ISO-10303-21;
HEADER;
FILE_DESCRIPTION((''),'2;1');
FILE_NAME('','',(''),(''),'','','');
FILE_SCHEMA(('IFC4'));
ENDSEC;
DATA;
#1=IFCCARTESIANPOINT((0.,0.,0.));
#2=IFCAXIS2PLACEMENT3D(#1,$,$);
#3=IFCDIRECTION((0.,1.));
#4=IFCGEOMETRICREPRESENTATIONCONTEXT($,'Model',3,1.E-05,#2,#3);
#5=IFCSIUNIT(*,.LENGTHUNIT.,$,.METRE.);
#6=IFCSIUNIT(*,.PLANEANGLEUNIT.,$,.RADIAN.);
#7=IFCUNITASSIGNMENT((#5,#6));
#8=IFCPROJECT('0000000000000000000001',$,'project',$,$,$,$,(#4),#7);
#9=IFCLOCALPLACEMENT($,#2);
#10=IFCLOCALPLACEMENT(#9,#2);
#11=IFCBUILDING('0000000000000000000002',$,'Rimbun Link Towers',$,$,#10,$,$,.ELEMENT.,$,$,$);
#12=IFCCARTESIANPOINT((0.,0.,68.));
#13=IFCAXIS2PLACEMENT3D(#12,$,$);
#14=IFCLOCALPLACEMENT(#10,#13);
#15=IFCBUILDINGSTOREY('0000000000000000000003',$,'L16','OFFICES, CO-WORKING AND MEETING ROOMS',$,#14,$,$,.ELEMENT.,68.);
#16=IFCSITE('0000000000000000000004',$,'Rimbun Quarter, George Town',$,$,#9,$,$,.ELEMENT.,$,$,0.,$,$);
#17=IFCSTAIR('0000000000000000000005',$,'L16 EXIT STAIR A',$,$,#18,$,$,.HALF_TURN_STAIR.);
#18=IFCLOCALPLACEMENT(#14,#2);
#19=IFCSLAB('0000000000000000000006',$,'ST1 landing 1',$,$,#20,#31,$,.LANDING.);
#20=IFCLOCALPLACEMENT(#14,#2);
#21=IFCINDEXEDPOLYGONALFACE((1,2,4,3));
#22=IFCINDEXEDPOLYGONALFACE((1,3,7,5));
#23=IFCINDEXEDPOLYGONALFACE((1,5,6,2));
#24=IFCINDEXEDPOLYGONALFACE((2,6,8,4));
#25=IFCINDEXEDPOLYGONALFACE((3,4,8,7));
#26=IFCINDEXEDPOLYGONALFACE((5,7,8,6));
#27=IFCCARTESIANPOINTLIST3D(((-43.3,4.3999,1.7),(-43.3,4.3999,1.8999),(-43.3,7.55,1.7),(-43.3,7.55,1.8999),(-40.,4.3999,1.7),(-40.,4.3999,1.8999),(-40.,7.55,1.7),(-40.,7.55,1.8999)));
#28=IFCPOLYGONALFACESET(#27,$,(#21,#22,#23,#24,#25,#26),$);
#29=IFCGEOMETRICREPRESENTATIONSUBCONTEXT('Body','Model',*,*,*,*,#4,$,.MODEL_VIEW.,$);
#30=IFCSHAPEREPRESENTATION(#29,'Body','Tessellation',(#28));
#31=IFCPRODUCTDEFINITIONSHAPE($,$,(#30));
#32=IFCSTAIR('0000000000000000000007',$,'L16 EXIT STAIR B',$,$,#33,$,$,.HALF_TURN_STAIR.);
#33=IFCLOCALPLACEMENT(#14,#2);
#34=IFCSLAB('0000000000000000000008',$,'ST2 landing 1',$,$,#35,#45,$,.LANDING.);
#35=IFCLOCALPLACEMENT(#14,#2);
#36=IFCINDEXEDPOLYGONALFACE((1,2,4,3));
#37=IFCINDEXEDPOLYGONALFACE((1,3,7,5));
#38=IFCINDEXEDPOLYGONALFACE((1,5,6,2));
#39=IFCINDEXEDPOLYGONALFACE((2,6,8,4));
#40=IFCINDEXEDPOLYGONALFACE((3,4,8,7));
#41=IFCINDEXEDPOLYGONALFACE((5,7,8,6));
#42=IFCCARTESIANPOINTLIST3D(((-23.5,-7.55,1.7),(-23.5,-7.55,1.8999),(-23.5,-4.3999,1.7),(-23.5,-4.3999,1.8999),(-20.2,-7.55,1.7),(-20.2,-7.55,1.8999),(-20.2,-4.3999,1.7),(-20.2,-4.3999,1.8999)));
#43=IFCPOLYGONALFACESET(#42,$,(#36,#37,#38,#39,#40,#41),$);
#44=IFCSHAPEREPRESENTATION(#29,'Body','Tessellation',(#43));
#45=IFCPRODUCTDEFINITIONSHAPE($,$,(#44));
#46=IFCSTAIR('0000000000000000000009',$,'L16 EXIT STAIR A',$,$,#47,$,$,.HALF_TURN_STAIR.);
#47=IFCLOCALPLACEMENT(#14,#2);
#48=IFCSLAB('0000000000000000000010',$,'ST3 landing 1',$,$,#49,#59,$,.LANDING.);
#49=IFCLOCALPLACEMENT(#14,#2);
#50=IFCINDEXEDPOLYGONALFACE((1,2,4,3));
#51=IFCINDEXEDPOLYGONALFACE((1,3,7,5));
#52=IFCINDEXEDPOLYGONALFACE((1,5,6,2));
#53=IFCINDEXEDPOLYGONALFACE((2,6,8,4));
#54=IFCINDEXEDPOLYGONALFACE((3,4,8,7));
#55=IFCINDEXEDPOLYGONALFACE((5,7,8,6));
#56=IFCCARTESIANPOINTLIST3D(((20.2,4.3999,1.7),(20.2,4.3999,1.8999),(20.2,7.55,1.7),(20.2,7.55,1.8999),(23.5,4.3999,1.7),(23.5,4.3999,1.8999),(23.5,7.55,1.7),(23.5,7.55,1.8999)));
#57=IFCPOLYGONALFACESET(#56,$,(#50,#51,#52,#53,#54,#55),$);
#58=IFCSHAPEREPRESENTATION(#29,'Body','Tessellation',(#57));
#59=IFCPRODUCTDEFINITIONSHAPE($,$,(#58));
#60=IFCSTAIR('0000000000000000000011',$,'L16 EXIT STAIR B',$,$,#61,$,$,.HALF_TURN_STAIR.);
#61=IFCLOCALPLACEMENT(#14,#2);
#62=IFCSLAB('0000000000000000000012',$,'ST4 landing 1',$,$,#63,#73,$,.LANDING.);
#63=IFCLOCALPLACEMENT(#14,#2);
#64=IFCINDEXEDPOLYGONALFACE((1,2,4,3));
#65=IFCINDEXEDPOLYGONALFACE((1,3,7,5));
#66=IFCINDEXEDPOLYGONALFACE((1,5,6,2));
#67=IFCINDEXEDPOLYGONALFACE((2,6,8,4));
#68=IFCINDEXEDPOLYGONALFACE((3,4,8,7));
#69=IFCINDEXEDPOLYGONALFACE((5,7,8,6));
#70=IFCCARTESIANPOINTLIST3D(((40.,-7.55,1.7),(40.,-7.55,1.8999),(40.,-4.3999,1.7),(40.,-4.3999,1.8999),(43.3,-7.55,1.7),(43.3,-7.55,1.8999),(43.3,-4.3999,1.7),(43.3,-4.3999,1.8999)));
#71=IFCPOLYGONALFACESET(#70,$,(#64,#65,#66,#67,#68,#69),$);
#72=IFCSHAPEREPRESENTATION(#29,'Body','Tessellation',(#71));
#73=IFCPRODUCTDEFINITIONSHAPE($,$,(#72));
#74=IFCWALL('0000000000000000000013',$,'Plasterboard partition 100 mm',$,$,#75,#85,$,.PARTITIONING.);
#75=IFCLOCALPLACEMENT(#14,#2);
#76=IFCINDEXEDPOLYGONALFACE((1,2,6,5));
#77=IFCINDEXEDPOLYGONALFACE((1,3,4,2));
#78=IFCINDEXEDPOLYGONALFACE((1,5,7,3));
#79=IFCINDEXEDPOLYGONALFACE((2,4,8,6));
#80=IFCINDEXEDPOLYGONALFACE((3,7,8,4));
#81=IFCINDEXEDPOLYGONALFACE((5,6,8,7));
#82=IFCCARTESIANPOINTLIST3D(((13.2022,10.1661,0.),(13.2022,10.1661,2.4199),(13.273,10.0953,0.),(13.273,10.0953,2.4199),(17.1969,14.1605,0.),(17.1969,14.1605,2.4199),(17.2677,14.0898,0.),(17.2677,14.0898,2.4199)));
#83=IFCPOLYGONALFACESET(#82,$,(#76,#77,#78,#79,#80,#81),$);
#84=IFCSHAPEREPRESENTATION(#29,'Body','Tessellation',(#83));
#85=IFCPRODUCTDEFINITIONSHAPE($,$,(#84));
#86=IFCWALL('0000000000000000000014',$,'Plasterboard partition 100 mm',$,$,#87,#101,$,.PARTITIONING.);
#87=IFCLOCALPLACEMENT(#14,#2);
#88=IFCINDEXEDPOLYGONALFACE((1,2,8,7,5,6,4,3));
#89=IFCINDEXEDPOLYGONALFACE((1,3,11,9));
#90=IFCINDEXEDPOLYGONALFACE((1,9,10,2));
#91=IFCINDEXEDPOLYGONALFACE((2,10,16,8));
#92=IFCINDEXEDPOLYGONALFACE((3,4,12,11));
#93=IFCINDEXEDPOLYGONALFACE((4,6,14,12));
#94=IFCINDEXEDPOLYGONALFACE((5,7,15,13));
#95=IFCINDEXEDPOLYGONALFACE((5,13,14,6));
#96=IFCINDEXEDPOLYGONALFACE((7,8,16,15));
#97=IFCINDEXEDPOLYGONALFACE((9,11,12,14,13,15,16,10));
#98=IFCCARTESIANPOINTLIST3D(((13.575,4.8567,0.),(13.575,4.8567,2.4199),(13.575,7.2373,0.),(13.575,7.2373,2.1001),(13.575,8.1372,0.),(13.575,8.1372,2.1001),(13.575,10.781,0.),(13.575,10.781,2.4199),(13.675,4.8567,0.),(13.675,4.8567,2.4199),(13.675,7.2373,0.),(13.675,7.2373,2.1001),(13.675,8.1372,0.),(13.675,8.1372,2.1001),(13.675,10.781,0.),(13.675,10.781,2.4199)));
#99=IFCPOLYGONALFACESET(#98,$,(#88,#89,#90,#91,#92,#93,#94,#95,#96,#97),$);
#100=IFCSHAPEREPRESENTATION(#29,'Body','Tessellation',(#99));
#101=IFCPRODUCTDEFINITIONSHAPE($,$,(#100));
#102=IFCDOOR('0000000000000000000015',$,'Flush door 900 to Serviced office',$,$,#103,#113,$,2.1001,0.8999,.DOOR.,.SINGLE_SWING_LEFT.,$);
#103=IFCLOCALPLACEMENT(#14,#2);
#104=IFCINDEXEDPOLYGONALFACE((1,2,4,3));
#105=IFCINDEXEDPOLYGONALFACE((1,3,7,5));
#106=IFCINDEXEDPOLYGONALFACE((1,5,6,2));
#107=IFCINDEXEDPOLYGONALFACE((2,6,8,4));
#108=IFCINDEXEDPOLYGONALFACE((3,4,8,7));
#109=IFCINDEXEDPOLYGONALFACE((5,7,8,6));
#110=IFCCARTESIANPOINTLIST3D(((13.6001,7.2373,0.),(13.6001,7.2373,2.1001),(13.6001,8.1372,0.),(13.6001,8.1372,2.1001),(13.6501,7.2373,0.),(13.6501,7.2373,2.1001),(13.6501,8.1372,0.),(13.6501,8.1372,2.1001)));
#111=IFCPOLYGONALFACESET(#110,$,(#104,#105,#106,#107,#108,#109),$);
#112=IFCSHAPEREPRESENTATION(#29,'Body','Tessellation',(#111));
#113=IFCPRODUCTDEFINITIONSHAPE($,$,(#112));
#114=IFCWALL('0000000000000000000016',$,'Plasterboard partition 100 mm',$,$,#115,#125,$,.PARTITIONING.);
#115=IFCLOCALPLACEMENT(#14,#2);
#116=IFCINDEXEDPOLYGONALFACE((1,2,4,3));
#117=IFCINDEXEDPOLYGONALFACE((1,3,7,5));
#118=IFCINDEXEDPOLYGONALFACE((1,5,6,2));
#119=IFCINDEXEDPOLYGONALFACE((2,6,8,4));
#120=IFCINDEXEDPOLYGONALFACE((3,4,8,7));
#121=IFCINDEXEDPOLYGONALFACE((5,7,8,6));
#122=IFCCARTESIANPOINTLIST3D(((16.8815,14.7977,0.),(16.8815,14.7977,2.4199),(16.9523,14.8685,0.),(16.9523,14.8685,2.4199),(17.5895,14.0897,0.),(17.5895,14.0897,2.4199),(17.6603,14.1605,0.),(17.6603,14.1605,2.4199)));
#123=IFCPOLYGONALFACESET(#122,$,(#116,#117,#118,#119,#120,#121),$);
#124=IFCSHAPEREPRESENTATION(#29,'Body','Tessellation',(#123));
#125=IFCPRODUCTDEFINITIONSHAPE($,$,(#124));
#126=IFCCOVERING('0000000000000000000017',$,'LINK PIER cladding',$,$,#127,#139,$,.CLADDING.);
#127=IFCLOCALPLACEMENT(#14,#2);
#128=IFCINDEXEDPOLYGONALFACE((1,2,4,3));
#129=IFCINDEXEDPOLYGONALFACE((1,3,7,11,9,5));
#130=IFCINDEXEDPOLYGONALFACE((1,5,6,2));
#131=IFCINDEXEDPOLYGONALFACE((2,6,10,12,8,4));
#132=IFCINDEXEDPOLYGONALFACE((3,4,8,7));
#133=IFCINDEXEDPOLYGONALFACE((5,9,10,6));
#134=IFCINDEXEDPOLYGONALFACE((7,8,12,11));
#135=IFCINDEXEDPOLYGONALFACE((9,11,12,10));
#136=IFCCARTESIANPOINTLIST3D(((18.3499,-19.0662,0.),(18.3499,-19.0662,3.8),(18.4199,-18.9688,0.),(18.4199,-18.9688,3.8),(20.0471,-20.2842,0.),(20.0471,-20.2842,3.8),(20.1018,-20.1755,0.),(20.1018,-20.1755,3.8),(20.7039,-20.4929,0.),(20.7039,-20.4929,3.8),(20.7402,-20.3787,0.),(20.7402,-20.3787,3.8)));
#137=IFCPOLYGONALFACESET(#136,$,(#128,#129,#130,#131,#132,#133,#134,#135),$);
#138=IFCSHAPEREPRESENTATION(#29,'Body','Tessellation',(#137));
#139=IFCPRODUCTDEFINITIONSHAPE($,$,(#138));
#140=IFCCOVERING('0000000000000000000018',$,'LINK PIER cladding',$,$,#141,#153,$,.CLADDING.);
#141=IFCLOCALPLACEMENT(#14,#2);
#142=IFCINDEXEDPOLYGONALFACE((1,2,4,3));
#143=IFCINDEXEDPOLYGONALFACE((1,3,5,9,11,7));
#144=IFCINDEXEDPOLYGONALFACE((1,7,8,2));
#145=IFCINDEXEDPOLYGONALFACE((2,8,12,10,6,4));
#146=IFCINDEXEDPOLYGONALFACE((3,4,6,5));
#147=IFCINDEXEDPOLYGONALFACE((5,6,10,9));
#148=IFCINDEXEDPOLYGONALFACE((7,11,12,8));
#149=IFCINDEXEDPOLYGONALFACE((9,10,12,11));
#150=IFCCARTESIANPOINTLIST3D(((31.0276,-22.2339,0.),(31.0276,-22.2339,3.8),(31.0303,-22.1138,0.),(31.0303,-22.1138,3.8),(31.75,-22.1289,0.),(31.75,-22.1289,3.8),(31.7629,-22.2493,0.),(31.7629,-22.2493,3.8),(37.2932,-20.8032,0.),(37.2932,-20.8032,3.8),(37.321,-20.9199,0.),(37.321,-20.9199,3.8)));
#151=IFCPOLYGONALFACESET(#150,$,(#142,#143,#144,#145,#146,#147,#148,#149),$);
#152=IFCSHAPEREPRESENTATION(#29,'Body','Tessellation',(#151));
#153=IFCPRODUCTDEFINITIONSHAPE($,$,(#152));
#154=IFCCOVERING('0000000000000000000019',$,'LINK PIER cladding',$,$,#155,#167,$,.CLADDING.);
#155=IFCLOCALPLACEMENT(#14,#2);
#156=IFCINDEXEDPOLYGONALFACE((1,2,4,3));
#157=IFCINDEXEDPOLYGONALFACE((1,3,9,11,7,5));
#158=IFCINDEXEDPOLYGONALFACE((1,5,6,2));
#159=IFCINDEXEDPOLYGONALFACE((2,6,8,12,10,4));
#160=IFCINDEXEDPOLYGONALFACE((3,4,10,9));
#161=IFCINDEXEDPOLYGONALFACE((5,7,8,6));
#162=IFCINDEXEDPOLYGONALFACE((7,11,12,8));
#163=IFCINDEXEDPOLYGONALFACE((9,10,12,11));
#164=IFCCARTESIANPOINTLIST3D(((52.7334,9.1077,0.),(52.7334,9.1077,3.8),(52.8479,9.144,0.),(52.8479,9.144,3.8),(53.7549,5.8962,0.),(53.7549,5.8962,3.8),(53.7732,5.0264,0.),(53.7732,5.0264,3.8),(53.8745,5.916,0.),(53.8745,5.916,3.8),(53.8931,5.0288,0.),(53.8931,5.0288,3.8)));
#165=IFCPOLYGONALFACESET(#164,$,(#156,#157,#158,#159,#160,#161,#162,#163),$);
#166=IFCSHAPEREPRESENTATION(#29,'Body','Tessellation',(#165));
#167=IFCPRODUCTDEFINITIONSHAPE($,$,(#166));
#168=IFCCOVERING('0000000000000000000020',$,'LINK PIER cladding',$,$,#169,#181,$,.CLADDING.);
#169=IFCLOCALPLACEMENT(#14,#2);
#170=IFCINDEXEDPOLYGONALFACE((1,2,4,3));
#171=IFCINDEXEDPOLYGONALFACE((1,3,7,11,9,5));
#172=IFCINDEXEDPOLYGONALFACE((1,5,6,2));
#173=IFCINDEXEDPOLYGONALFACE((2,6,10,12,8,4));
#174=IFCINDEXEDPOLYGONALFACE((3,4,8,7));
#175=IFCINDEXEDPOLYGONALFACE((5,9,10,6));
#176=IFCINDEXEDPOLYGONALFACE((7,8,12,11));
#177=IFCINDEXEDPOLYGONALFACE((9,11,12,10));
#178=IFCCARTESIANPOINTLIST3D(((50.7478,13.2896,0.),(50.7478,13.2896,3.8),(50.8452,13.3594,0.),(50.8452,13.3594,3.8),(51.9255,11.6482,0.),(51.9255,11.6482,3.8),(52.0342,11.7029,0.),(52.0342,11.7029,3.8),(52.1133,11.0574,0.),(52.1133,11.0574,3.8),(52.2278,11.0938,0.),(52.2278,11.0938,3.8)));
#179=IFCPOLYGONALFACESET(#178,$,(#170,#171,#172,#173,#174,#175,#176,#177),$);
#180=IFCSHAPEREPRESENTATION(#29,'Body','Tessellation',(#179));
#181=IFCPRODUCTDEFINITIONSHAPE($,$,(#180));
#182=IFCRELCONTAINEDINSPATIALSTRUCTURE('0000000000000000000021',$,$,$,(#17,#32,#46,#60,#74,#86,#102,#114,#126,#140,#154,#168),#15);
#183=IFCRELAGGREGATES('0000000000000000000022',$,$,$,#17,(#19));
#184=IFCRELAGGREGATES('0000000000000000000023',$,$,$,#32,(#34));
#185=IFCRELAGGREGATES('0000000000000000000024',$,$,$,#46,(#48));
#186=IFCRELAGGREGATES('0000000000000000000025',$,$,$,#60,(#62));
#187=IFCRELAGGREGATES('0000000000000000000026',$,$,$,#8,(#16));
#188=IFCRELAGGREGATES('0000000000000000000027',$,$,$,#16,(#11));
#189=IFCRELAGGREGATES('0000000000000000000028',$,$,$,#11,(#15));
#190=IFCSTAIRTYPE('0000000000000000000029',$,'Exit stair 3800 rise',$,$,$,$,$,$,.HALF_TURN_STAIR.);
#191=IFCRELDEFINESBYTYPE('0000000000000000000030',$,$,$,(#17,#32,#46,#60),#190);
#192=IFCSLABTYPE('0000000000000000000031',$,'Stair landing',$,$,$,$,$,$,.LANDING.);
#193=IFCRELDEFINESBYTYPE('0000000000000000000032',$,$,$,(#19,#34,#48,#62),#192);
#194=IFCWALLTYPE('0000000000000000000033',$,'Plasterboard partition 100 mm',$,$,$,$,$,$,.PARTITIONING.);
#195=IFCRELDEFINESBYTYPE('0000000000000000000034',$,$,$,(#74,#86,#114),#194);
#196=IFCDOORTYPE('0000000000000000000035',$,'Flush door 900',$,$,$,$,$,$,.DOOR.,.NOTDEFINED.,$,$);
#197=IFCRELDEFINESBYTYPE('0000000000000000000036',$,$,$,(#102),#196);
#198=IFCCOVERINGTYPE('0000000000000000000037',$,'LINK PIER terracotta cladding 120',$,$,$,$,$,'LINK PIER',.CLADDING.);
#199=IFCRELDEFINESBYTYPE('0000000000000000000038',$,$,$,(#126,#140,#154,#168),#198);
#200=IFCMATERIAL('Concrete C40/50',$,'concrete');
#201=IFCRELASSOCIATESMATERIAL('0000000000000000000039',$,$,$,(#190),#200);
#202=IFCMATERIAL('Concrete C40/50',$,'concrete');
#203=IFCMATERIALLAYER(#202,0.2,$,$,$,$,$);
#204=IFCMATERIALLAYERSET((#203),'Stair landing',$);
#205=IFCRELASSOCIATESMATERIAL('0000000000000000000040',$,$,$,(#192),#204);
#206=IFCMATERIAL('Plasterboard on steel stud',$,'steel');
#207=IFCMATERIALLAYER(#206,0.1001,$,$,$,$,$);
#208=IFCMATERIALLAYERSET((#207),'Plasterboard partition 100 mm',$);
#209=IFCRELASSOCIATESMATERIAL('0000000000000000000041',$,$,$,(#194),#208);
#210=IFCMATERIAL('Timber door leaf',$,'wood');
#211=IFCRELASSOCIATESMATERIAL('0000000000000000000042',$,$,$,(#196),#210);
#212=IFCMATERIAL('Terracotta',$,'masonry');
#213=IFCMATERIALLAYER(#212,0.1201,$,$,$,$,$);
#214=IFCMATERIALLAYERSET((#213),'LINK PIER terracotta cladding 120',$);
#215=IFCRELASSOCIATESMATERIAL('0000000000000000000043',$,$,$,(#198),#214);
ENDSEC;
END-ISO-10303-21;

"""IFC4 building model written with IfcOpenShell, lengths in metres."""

from ifc_helpers import new_model, si_unit, direction, frame, frame_2d, origin, place, context, subcontext, project, spatial, polyline, rectangle, outline, extrude, material, layer, layer_set, type_object, element, fill, aggregate, save


model = new_model("IFC4")

# Units and contexts
model_context = context("Model", 3, precision=1e-05, world=origin(), true_north=direction((0.0, 1.0)))
body_context = subcontext(model_context, "Body", "Model", "MODEL_VIEW")
ifc_project = project(units=[si_unit("LENGTHUNIT", "METRE"), si_unit("PLANEANGLEUNIT", "RADIAN")], contexts=[model_context])

# Site, building, storey
site_placement = place(None, origin())
site = spatial("IfcSite", under=ifc_project, at=site_placement, Name="Rimbun Quarter, George Town", CompositionType="ELEMENT", RefElevation=0.0)
building_placement = place(site_placement, origin())
building = spatial("IfcBuilding", under=site, at=building_placement, Name="Rimbun Link Towers", CompositionType="ELEMENT")
storey_placement = place(building_placement, frame((0.0, 0.0, 68.0)))
storey = spatial("IfcBuildingStorey", under=building, at=storey_placement, Name="L16", Description="OFFICES, CO-WORKING AND MEETING ROOMS", CompositionType="ELEMENT", Elevation=68.0)

# Stairs, slabs
ifc_material_1 = material(Name="Concrete C40/50", Category="concrete")
stair_type = type_object("IfcStairType", Name="Exit stair 3800 rise", PredefinedType="HALF_TURN_STAIR", material=ifc_material_1)
stair_1_placement = place(storey_placement, origin())
stair_1 = element("IfcStair", 1, at=stair_1_placement, inside=storey, type_object=stair_type, Name="L16 EXIT STAIR A", PredefinedType="HALF_TURN_STAIR")
ifc_material_2 = material(Name="Concrete C40/50", Category="concrete")
ifc_layer_1 = layer(ifc_material_2, 0.2)
ifc_layer_set_1 = layer_set([ifc_layer_1], Name="Stair landing")
slab_type = type_object("IfcSlabType", Name="Stair landing", PredefinedType="LANDING", material=ifc_layer_set_1)
slab_1_placement = place(storey_placement, frame((0.0, 0.0, 1.7)))
slab_1 = element("IfcSlab", 2, at=slab_1_placement, type_object=slab_type, Name="ST1 landing 1", PredefinedType="LANDING", context=body_context, shape_type="SweptSolid", body=[
    extrude(outline(polyline([(-40.0, 7.55), (-43.3, 7.55), (-43.3, 4.3999), (-40.0, 4.3999), (-40.0, 7.55)])), origin(), (0.0, 0.0, 1.0), 0.2),
])
aggregate(stair_1, [slab_1])
stair_2_placement = place(storey_placement, origin())
stair_2 = element("IfcStair", 3, at=stair_2_placement, inside=storey, type_object=stair_type, Name="L16 EXIT STAIR B", PredefinedType="HALF_TURN_STAIR")
slab_2_placement = place(storey_placement, frame((0.0, 0.0, 1.7)))
slab_2 = element("IfcSlab", 4, at=slab_2_placement, type_object=slab_type, Name="ST2 landing 1", PredefinedType="LANDING", context=body_context, shape_type="SweptSolid", body=[
    extrude(outline(polyline([(-23.5, -7.55), (-20.2, -7.55), (-20.2, -4.3999), (-23.5, -4.3999), (-23.5, -7.55)])), origin(), (0.0, 0.0, 1.0), 0.2),
])
aggregate(stair_2, [slab_2])
stair_3_placement = place(storey_placement, origin())
stair_3 = element("IfcStair", 5, at=stair_3_placement, inside=storey, type_object=stair_type, Name="L16 EXIT STAIR A", PredefinedType="HALF_TURN_STAIR")
slab_3_placement = place(storey_placement, frame((0.0, 0.0, 1.7)))
slab_3 = element("IfcSlab", 6, at=slab_3_placement, type_object=slab_type, Name="ST3 landing 1", PredefinedType="LANDING", context=body_context, shape_type="SweptSolid", body=[
    extrude(outline(polyline([(23.5, 7.55), (20.2, 7.55), (20.2, 4.3999), (23.5, 4.3999), (23.5, 7.55)])), origin(), (0.0, 0.0, 1.0), 0.2),
])
aggregate(stair_3, [slab_3])
stair_4_placement = place(storey_placement, origin())
stair_4 = element("IfcStair", 7, at=stair_4_placement, inside=storey, type_object=stair_type, Name="L16 EXIT STAIR B", PredefinedType="HALF_TURN_STAIR")
slab_4_placement = place(storey_placement, frame((0.0, 0.0, 1.7)))
slab_4 = element("IfcSlab", 8, at=slab_4_placement, type_object=slab_type, Name="ST4 landing 1", PredefinedType="LANDING", context=body_context, shape_type="SweptSolid", body=[
    extrude(outline(polyline([(40.0, -7.55), (43.3, -7.55), (43.3, -4.3999), (40.0, -4.3999), (40.0, -7.55)])), origin(), (0.0, 0.0, 1.0), 0.2),
])
aggregate(stair_4, [slab_4])

# Wall
ifc_material_3 = material(Name="Plasterboard on steel stud", Category="steel")
ifc_layer_2 = layer(ifc_material_3, 0.1001)
ifc_layer_set_2 = layer_set([ifc_layer_2], Name="Plasterboard partition 100 mm")
wall_type = type_object("IfcWallType", Name="Plasterboard partition 100 mm", PredefinedType="PARTITIONING", material=ifc_layer_set_2)
wall_1_placement = place(storey_placement, frame((13.2375, 10.1306, 0.0), z_axis=(0.0, 0.0, 1.0), x_axis=(0.707128, 0.707085, 0.0)))
element("IfcWall", 9, at=wall_1_placement, inside=storey, type_object=wall_type, Name="Plasterboard partition 100 mm", PredefinedType="PARTITIONING", context=body_context, shape_type="SweptSolid", body=[
    extrude(rectangle(XDim=5.6492, YDim=0.1001, at=frame_2d((2.8247, 0.0))), origin(), (0.0, 0.0, 1.0), 2.4199),
])

# Wall, opening, door
wall_2_placement = place(storey_placement, frame((13.625, 4.8567, 0.0), z_axis=(0.0, 0.0, 1.0), x_axis=(0.0, 1.0, 0.0)))
wall_2 = element("IfcWall", 10, at=wall_2_placement, inside=storey, type_object=wall_type, Name="Plasterboard partition 100 mm", PredefinedType="PARTITIONING", context=body_context, shape_type="SweptSolid", body=[
    extrude(rectangle(XDim=5.9243, YDim=0.1001, at=frame_2d((2.9622, 0.0))), origin(), (0.0, 0.0, 1.0), 2.4199),
])
opening_placement = place(wall_2_placement, frame((2.3806, 0.0, 0.0)))
opening = element("IfcOpeningElement", 11, at=opening_placement, cuts=wall_2, PredefinedType="OPENING", context=body_context, shape_type="SweptSolid", body=[
    extrude(rectangle(XDim=0.8999, YDim=2.1001, at=frame_2d((0.45, 1.05))), frame((0.0, 0.0601, 0.0), z_axis=(0.0, -1.0, 0.0), x_axis=(1.0, 0.0, 0.0)), (0.0, 0.0, 1.0), 0.1201),
])
ifc_material_4 = material(Name="Timber door leaf", Category="wood")
door_type = type_object("IfcDoorType", Name="Flush door 900", OperationType="NOTDEFINED", PredefinedType="DOOR", material=ifc_material_4)
door_placement = place(opening_placement, origin())
door = element("IfcDoor", 12, at=door_placement, inside=storey, type_object=door_type, Name="Flush door 900 to Serviced office", OperationType="SINGLE_SWING_LEFT", OverallHeight=2.1001, OverallWidth=0.8999, PredefinedType="DOOR", context=body_context, shape_type="SweptSolid", body=[
    extrude(rectangle(XDim=0.8999, YDim=2.1001, at=frame_2d((0.45, 1.05))), frame((0.0, 0.0249, 0.0), z_axis=(0.0, -1.0, 0.0), x_axis=(1.0, 0.0, 0.0)), (0.0, 0.0, 1.0), 0.05),
])
fill(opening, door)

# Wall
wall_3_placement = place(storey_placement, frame((16.917, 14.833, 0.0), z_axis=(0.0, 0.0, 1.0), x_axis=(0.707107, -0.707107, 0.0)))
element("IfcWall", 13, at=wall_3_placement, inside=storey, type_object=wall_type, Name="Plasterboard partition 100 mm", PredefinedType="PARTITIONING", context=body_context, shape_type="SweptSolid", body=[
    extrude(rectangle(XDim=1.0012, YDim=0.1001, at=frame_2d((0.5005, 0.0))), origin(), (0.0, 0.0, 1.0), 2.4199),
])

# Coverings
ifc_material_5 = material(Name="Terracotta", Category="masonry")
ifc_layer_3 = layer(ifc_material_5, 0.1201)
ifc_layer_set_3 = layer_set([ifc_layer_3], Name="LINK PIER terracotta cladding 120")
covering_type_1 = type_object("IfcCoveringType", Name="LINK PIER terracotta cladding 120", ElementType="LINK PIER", PredefinedType="CLADDING", material=ifc_layer_set_3)
covering_1_placement = place(storey_placement, origin())
element("IfcCovering", 14, at=covering_1_placement, inside=storey, type_object=covering_type_1, Name="LINK PIER cladding", PredefinedType="CLADDING", context=body_context, shape_type="SweptSolid", body=[
    extrude(outline(polyline([(20.7402, -20.3787), (20.1018, -20.1755), (18.4199, -18.9688), (18.3499, -19.0662), (20.0471, -20.2842), (20.7039, -20.4929), (20.7402, -20.3787)])), origin(), (0.0, 0.0, 1.0), 3.8),
])
covering_2_placement = place(storey_placement, origin())
element("IfcCovering", 15, at=covering_2_placement, inside=storey, type_object=covering_type_1, Name="LINK PIER cladding", PredefinedType="CLADDING", context=body_context, shape_type="SweptSolid", body=[
    extrude(outline(polyline([(37.2932, -20.8032), (31.75, -22.1289), (31.0303, -22.1138), (31.0276, -22.2339), (31.7629, -22.2493), (37.321, -20.9199), (37.2932, -20.8032)])), origin(), (0.0, 0.0, 1.0), 3.8),
])
covering_3_placement = place(storey_placement, origin())
element("IfcCovering", 16, at=covering_3_placement, inside=storey, type_object=covering_type_1, Name="LINK PIER cladding", PredefinedType="CLADDING", context=body_context, shape_type="SweptSolid", body=[
    extrude(outline(polyline([(52.7334, 9.1077), (53.7549, 5.8962), (53.7732, 5.0264), (53.8931, 5.0288), (53.8745, 5.916), (52.8479, 9.144), (52.7334, 9.1077)])), origin(), (0.0, 0.0, 1.0), 3.8),
])
covering_4_placement = place(storey_placement, origin())
element("IfcCovering", 17, at=covering_4_placement, inside=storey, type_object=covering_type_1, Name="LINK PIER cladding", PredefinedType="CLADDING", context=body_context, shape_type="SweptSolid", body=[
    extrude(outline(polyline([(50.7478, 13.2896), (51.9255, 11.6482), (52.1133, 11.0574), (52.2278, 11.0938), (52.0342, 11.7029), (50.8452, 13.3594), (50.7478, 13.2896)])), origin(), (0.0, 0.0, 1.0), 3.8),
])

save(model, "model.ifc")
